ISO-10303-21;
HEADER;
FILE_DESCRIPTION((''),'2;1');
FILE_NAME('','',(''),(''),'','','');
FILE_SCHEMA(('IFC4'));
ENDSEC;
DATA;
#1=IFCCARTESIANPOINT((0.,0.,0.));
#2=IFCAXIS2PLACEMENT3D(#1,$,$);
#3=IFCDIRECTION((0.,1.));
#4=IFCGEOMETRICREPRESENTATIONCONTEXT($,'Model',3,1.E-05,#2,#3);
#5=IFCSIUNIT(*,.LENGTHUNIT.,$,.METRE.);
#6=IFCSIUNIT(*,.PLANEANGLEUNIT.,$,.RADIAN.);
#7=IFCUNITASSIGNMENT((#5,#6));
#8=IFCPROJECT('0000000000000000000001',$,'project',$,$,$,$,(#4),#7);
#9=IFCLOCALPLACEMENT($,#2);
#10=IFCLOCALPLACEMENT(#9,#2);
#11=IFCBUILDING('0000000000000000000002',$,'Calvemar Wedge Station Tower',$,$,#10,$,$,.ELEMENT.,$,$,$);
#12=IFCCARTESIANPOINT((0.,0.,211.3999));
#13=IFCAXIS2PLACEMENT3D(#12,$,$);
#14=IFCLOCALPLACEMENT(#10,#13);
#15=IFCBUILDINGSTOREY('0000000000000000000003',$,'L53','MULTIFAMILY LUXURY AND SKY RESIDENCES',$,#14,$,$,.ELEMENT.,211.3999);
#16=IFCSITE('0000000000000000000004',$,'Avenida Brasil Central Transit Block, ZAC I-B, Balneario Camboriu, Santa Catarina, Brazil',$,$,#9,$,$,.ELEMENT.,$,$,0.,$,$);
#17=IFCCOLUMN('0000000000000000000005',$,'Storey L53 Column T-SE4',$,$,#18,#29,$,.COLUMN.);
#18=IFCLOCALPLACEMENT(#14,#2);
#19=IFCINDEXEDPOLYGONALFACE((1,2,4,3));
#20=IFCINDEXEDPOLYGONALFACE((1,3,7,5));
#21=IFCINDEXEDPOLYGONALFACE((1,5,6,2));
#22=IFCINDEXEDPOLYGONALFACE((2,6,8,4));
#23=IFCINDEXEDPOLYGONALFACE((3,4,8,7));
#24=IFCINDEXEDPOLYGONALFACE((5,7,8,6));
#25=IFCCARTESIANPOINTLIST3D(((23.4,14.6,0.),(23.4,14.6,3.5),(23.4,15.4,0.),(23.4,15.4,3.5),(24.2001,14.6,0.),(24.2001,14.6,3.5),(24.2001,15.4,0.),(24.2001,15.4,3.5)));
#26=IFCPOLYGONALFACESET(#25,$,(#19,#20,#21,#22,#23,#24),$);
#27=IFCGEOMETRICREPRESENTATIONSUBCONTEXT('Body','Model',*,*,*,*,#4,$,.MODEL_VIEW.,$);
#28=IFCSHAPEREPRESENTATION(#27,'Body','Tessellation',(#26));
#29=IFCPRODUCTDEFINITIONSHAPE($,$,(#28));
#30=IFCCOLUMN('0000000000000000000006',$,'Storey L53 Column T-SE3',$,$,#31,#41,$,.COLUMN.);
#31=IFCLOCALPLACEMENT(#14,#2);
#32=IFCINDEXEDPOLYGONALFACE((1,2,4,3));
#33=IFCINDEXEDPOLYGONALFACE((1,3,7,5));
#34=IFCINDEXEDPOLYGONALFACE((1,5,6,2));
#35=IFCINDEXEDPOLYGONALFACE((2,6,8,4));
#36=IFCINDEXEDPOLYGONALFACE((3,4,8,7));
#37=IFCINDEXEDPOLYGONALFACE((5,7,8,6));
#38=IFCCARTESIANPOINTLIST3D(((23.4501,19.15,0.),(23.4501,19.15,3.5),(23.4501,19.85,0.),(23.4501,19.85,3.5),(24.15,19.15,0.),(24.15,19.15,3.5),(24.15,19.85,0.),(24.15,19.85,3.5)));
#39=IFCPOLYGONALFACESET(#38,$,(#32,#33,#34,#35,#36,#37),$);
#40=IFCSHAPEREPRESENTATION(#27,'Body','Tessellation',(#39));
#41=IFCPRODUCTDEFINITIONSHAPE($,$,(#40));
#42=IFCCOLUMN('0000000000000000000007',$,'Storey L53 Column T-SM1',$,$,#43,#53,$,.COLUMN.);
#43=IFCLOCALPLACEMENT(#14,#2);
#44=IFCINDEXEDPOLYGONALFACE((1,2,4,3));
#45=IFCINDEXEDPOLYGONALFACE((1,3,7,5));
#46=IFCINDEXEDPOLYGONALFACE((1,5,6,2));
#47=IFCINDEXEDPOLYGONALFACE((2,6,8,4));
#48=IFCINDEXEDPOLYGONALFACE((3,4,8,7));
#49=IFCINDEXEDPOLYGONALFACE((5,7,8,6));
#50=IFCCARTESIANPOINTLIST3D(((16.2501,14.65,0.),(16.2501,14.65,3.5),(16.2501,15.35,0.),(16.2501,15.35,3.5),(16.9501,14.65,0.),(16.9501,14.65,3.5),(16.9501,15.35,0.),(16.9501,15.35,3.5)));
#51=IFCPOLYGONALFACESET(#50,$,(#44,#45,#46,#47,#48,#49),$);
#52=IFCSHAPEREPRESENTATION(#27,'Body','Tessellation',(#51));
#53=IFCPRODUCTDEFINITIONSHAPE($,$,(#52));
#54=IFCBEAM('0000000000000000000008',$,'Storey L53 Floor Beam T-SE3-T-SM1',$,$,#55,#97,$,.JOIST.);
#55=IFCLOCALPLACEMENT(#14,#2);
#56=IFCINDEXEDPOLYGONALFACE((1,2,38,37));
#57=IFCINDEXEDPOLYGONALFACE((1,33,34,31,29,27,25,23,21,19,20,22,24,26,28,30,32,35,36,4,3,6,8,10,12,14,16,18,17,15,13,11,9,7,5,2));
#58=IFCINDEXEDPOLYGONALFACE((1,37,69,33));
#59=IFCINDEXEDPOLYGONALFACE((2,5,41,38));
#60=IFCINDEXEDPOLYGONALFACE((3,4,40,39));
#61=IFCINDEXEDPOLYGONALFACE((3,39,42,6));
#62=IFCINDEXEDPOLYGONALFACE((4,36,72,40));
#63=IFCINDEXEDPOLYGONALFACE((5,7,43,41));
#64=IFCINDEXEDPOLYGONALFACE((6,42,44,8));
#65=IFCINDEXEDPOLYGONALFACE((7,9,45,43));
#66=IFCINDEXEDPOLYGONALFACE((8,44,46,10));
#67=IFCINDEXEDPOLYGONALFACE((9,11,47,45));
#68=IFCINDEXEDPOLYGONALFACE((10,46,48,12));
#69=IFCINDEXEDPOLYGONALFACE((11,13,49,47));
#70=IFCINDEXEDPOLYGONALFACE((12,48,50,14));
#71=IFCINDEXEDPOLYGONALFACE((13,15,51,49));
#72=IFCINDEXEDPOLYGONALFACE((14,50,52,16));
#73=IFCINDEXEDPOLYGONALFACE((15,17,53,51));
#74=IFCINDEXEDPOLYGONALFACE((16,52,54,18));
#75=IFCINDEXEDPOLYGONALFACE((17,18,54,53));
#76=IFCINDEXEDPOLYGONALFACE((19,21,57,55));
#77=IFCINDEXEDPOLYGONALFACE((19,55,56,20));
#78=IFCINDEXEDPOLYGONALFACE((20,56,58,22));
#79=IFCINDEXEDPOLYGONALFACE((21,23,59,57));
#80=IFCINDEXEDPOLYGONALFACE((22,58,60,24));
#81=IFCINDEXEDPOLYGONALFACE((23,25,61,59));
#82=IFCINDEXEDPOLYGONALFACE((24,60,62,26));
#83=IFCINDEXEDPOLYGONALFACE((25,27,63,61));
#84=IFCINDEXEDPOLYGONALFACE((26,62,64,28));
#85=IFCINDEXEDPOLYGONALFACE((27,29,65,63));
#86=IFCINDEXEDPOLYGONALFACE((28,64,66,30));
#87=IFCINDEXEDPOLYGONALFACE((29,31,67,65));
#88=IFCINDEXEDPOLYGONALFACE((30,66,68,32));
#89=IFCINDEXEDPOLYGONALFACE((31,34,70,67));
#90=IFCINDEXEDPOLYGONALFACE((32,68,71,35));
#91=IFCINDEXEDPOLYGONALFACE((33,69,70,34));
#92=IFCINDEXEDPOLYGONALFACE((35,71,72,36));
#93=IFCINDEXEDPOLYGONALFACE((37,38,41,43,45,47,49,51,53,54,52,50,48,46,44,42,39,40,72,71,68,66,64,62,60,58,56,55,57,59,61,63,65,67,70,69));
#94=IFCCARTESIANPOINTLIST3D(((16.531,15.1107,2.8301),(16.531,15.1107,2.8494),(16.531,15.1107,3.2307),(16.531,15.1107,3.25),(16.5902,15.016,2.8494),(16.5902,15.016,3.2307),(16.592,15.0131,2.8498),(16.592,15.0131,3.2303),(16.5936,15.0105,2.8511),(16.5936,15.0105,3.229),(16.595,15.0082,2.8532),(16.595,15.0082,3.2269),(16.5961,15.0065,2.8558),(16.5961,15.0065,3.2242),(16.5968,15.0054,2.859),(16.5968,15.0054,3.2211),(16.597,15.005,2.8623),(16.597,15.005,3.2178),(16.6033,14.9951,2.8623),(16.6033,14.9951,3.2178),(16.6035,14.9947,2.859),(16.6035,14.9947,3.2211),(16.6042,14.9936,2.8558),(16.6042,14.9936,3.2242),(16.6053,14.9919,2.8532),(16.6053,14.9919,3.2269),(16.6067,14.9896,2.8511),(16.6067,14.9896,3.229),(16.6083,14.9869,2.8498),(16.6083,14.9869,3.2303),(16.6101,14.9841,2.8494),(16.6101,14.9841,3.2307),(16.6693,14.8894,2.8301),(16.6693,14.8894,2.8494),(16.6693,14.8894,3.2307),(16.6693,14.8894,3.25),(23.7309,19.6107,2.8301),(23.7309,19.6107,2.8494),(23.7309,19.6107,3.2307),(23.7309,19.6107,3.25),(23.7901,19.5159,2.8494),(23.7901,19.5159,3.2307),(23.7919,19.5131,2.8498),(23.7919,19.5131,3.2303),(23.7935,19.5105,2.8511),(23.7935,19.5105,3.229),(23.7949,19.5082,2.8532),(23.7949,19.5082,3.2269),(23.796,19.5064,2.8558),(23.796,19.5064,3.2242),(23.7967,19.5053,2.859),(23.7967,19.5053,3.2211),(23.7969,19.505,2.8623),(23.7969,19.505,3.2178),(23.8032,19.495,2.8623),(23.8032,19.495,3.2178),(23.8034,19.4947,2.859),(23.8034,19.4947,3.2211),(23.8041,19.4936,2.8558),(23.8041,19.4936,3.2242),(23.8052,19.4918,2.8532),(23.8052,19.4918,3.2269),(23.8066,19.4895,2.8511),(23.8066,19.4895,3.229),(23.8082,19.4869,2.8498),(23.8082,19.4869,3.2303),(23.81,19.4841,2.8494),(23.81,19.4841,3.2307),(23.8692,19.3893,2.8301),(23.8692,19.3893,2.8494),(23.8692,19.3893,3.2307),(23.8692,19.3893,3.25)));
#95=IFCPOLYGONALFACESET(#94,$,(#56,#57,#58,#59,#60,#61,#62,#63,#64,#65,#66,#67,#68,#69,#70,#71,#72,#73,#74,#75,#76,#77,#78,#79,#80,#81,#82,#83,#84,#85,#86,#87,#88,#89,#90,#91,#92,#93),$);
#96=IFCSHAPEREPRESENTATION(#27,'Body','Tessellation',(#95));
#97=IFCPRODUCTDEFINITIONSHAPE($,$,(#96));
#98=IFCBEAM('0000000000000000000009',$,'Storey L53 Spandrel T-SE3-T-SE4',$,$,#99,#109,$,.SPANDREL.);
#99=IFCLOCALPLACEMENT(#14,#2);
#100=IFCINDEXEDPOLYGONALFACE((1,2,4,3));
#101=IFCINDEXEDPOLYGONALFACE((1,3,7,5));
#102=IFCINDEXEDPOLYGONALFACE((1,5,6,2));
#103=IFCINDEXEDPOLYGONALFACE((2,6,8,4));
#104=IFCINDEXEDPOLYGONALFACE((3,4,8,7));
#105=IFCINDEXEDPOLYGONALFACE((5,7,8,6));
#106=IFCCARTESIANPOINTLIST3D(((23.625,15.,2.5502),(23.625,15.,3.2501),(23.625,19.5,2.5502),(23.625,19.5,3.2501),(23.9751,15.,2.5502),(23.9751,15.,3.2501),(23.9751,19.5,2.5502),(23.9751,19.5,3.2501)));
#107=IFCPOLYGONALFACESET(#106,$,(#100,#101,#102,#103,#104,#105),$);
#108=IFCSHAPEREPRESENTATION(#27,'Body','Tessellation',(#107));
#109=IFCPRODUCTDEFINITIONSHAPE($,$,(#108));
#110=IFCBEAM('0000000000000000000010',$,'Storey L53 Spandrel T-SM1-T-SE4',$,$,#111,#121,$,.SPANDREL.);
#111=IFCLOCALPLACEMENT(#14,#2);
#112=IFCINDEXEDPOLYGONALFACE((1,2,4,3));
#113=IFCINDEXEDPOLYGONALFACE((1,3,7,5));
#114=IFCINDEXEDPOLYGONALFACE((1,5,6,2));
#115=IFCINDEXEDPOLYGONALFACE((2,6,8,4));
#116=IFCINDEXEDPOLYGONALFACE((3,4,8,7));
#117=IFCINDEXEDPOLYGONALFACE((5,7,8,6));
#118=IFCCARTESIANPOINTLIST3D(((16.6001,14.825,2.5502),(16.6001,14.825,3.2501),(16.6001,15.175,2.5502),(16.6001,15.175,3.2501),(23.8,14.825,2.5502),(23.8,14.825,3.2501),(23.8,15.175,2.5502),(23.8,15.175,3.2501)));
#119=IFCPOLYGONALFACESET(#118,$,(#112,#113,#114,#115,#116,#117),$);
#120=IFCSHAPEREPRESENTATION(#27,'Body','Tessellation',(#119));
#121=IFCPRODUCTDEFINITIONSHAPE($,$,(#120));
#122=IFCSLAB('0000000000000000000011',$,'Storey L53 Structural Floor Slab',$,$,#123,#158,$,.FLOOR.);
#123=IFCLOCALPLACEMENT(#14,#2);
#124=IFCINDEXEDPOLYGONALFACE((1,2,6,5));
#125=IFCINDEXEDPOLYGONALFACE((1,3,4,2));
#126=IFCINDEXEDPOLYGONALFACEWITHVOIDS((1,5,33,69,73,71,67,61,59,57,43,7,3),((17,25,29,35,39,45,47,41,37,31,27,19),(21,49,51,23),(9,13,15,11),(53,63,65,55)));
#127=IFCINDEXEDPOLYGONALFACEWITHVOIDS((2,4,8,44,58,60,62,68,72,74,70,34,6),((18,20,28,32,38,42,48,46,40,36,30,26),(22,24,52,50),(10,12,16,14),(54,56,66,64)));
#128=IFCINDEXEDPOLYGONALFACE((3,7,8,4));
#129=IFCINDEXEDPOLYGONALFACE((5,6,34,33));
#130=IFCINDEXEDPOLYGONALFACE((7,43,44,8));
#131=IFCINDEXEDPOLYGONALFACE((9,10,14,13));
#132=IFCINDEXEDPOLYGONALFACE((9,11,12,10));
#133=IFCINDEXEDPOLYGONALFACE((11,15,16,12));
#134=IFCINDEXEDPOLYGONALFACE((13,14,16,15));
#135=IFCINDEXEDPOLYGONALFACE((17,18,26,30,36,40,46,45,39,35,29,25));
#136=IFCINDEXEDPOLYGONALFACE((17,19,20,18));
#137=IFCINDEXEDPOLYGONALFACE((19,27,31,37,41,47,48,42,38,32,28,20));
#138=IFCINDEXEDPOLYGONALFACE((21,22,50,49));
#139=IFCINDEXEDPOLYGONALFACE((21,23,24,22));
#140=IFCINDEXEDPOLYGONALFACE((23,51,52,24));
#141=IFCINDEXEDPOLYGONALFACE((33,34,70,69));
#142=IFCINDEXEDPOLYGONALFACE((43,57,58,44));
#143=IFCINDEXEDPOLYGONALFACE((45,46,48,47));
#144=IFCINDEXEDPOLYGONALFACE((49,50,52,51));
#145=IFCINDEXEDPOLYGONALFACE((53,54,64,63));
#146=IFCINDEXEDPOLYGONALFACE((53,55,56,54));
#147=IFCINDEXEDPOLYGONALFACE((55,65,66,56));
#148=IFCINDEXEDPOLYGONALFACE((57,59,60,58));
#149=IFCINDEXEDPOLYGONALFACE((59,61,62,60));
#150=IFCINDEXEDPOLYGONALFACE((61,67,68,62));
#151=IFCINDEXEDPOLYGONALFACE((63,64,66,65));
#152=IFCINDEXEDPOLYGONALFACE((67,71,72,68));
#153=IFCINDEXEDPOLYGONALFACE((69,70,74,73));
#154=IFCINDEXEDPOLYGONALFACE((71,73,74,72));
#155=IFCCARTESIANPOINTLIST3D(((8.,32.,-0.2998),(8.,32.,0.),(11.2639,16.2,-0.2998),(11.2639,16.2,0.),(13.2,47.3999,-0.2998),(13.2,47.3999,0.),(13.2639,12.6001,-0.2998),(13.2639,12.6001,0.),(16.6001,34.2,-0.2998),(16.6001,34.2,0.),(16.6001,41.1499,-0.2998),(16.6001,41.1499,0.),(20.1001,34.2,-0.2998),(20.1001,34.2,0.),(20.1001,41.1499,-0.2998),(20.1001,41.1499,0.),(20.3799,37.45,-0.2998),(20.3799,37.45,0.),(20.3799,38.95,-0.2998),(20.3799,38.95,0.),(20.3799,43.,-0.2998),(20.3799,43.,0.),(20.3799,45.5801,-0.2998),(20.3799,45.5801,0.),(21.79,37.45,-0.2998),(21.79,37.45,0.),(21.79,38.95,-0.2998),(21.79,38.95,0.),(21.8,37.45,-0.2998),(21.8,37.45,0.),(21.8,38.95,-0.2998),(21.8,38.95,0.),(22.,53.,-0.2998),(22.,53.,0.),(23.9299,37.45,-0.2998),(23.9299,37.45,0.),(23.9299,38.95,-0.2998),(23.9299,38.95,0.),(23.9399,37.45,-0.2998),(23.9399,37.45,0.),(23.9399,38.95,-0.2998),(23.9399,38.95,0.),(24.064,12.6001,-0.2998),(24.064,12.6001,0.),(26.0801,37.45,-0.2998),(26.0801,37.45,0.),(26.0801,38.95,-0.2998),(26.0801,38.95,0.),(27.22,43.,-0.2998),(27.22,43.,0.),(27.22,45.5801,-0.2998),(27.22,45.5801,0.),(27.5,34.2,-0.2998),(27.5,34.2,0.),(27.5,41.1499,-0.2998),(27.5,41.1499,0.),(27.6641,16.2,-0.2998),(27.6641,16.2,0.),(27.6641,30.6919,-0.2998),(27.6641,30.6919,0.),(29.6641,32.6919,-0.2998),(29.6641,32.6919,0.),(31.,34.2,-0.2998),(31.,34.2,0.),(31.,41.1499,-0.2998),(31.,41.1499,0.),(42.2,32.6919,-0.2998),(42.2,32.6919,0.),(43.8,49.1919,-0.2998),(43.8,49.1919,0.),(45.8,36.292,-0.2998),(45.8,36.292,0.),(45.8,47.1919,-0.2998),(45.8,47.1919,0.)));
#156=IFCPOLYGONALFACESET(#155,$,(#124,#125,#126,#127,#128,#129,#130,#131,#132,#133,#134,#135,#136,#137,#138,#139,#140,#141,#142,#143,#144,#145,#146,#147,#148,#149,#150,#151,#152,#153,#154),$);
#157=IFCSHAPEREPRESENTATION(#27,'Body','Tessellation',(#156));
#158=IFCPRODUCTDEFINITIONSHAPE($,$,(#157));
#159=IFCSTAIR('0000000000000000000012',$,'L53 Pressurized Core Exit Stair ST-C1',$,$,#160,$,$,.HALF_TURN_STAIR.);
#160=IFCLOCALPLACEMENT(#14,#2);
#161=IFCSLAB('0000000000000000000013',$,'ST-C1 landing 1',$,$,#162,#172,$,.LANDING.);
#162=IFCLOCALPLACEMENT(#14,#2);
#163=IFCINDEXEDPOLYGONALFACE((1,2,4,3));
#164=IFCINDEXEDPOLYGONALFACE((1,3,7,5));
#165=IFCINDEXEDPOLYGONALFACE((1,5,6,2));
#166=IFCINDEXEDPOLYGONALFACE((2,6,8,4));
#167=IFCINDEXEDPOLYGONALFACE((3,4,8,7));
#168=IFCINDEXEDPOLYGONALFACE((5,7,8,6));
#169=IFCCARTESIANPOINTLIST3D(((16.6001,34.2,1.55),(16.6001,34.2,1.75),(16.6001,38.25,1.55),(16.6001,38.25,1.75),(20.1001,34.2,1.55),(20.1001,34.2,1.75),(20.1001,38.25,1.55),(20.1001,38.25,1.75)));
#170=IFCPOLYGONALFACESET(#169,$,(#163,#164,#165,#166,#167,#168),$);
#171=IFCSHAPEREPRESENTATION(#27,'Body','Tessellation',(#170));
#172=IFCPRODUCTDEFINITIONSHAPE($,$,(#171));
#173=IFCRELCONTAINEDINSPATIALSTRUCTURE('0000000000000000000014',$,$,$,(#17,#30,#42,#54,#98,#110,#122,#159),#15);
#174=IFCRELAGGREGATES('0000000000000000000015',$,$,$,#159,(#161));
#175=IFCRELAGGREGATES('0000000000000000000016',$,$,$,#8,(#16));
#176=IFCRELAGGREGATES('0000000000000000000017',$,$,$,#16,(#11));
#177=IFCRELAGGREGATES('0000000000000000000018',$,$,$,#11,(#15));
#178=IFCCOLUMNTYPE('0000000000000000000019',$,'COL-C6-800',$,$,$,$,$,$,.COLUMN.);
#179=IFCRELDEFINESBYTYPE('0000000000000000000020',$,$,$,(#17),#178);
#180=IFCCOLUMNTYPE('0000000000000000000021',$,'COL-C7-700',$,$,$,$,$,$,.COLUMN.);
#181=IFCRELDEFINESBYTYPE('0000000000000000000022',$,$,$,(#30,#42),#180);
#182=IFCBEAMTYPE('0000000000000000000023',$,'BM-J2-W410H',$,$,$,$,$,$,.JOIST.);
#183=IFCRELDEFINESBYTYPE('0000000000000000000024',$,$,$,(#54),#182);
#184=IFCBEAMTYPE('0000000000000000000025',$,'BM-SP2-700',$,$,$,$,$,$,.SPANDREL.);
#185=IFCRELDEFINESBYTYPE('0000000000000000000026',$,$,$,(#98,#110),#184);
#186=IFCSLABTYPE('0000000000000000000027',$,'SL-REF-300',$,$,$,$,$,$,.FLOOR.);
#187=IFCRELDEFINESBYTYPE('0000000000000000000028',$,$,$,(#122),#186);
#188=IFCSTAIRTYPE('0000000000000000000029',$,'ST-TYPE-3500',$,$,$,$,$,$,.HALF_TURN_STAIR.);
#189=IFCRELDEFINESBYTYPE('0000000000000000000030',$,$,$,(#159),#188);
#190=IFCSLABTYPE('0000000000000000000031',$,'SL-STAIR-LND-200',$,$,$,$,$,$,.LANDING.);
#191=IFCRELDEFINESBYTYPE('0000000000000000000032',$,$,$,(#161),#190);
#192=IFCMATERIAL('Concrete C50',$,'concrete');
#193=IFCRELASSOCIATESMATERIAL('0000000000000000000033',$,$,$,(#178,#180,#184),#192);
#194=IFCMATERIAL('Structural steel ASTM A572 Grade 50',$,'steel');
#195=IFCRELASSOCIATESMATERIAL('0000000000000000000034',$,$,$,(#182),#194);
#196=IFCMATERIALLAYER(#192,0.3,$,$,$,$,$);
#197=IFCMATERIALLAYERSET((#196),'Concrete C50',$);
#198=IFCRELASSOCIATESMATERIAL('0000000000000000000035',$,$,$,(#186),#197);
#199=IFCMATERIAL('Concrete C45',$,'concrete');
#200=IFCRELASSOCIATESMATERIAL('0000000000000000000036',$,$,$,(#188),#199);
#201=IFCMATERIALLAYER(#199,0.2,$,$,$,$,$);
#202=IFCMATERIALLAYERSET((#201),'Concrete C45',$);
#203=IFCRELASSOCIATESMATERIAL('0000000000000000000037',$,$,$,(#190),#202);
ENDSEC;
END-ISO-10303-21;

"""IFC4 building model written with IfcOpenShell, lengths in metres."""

from ifc_helpers import new_model, si_unit, direction, frame, origin, origin_2d, place, context, subcontext, project, spatial, polyline, rectangle, i_section, outline, extrude, source, transform, mapped, material, layer, layer_set, material_profile, profile_set, type_object, element, aggregate, save


model = new_model("IFC4")

# Units and contexts
model_context = context("Model", 3, precision=1e-05, world=origin(), true_north=direction((0.0, 1.0)))
body_context = subcontext(model_context, "Body", "Model", "MODEL_VIEW")
ifc_project = project(units=[si_unit("LENGTHUNIT", "METRE"), si_unit("PLANEANGLEUNIT", "RADIAN")], contexts=[model_context])

# Site, building, storey
site_placement = place(None, origin())
site = spatial("IfcSite", under=ifc_project, at=site_placement, Name="Avenida Brasil Central Transit Block, ZAC I-B, Balneario Camboriu, Santa Catarina, Brazil", CompositionType="ELEMENT", RefElevation=0.0)
building_placement = place(site_placement, origin())
building = spatial("IfcBuilding", under=site, at=building_placement, Name="Calvemar Wedge Station Tower", CompositionType="ELEMENT")
storey_placement = place(building_placement, frame((0.0, 0.0, 211.3999)))
storey = spatial("IfcBuildingStorey", under=building, at=storey_placement, Name="L53", Description="MULTIFAMILY LUXURY AND SKY RESIDENCES", CompositionType="ELEMENT", Elevation=211.3999)

# Columns
ifc_material_1 = material(Name="Concrete C50", Category="concrete")
ifc_material_profile_1 = material_profile(ifc_material_1, rectangle(XDim=0.8, YDim=0.8, at=origin_2d()), Name="RC800x800")
ifc_profile_set_1 = profile_set([ifc_material_profile_1], Name="Concrete C50")
column_type_1 = type_object("IfcColumnType", Name="COL-C6-800", PredefinedType="COLUMN", material=ifc_profile_set_1)
shared_shape_1 = source(origin(), body_context, "Body", "SweptSolid", [
    extrude(rectangle(XDim=0.8, YDim=0.8, at=origin_2d()), origin(), (0.0, 0.0, 1.0), 3.5),
])
column_placement = place(storey_placement, frame((23.8, 15.0, 0.0), z_axis=(0.0, 0.0, 1.0), x_axis=(1.0, 0.0, 0.0)))
element("IfcColumn", 1, at=column_placement, inside=storey, type_object=column_type_1, Name="Storey L53 Column T-SE4", PredefinedType="COLUMN", context=body_context, shape_type="MappedRepresentation", body=[
    mapped(shared_shape_1, transform((0.0, 0.0, 0.0), scale=1.0)),
])
ifc_material_profile_2 = material_profile(ifc_material_1, rectangle(XDim=0.7, YDim=0.7, at=origin_2d()), Name="RC700x700")
ifc_profile_set_2 = profile_set([ifc_material_profile_2], Name="Concrete C50")
column_type_2 = type_object("IfcColumnType", Name="COL-C7-700", PredefinedType="COLUMN", material=ifc_profile_set_2)
shared_shape_2 = source(origin(), body_context, "Body", "SweptSolid", [
    extrude(rectangle(XDim=0.7, YDim=0.7, at=origin_2d()), origin(), (0.0, 0.0, 1.0), 3.5),
])
for number, where, z_axis, x_axis, name in (
    (2, (23.8, 19.5, 0.0), (0.0, 0.0, 1.0), (1.0, 0.0, 0.0), "Storey L53 Column T-SE3"),
    (3, (16.6001, 15.0, 0.0), (0.0, 0.0, 1.0), (1.0, 0.0, 0.0), "Storey L53 Column T-SM1"),
):
    element("IfcColumn", number, at=place(storey_placement, frame(where, z_axis=z_axis, x_axis=x_axis)), inside=storey, type_object=column_type_2, Name=name, PredefinedType="COLUMN", context=body_context, shape_type="MappedRepresentation", body=[
        mapped(shared_shape_2, transform((0.0, 0.0, 0.0), scale=1.0)),
    ])

# Beams
ifc_material_2 = material(Name="Structural steel ASTM A572 Grade 50", Category="steel")
ifc_material_profile_3 = material_profile(ifc_material_2, i_section(OverallWidth=0.261, OverallDepth=0.4199, WebThickness=0.0117, FlangeThickness=0.0193, FilletRadius=0.0129, at=origin_2d()), Name="W410x114")
ifc_profile_set_3 = profile_set([ifc_material_profile_3], Name="Structural steel ASTM A572 Grade 50")
beam_type_1 = type_object("IfcBeamType", Name="BM-J2-W410H", PredefinedType="JOIST", material=ifc_profile_set_3)
shared_shape_3 = source(origin(), body_context, "Body", "SweptSolid", [
    extrude(i_section(OverallWidth=0.261, OverallDepth=0.4199, WebThickness=0.0117, FlangeThickness=0.0193, FilletRadius=0.0129, at=origin_2d()), origin(), (0.0, 0.0, 1.0), 8.4905),
])
beam_1_placement = place(storey_placement, frame((23.8, 19.5, 3.04), z_axis=(-0.847997, -0.530002, 0.0), x_axis=(0.530002, -0.847997, 0.0)))
element("IfcBeam", 4, at=beam_1_placement, inside=storey, type_object=beam_type_1, Name="Storey L53 Floor Beam T-SE3-T-SM1", PredefinedType="JOIST", context=body_context, shape_type="MappedRepresentation", body=[
    mapped(shared_shape_3, transform((0.0, 0.0, 0.0), scale=1.0)),
])
ifc_material_profile_4 = material_profile(ifc_material_1, rectangle(XDim=0.3501, YDim=0.7, at=origin_2d()), Name="RC350x700")
ifc_profile_set_4 = profile_set([ifc_material_profile_4], Name="Concrete C50")
beam_type_2 = type_object("IfcBeamType", Name="BM-SP2-700", PredefinedType="SPANDREL", material=ifc_profile_set_4)
shared_shape_4 = source(origin(), body_context, "Body", "SweptSolid", [
    extrude(rectangle(XDim=0.3501, YDim=0.7, at=origin_2d()), origin(), (0.0, 0.0, 1.0), 4.5),
])
beam_2_placement = place(storey_placement, frame((23.8, 19.5, 2.9001), z_axis=(0.0, -1.0, 0.0), x_axis=(1.0, 0.0, 0.0)))
element("IfcBeam", 5, at=beam_2_placement, inside=storey, type_object=beam_type_2, Name="Storey L53 Spandrel T-SE3-T-SE4", PredefinedType="SPANDREL", context=body_context, shape_type="MappedRepresentation", body=[
    mapped(shared_shape_4, transform((0.0, 0.0, 0.0), scale=1.0)),
])
shared_shape_5 = source(origin(), body_context, "Body", "SweptSolid", [
    extrude(rectangle(XDim=0.3501, YDim=0.7, at=origin_2d()), origin(), (0.0, 0.0, 1.0), 7.2),
])
beam_3_placement = place(storey_placement, frame((16.6001, 15.0, 2.9001), z_axis=(1.0, 0.0, 0.0), x_axis=(0.0, 1.0, 0.0)))
element("IfcBeam", 6, at=beam_3_placement, inside=storey, type_object=beam_type_2, Name="Storey L53 Spandrel T-SM1-T-SE4", PredefinedType="SPANDREL", context=body_context, shape_type="MappedRepresentation", body=[
    mapped(shared_shape_5, transform((0.0, 0.0, 0.0), scale=1.0)),
])

# Slab
ifc_layer_1 = layer(ifc_material_1, 0.3)
ifc_layer_set_1 = layer_set([ifc_layer_1], Name="Concrete C50")
slab_type_1 = type_object("IfcSlabType", Name="SL-REF-300", PredefinedType="FLOOR", material=ifc_layer_set_1)
slab_1_placement = place(storey_placement, frame((0.0, 0.0, -0.2998)))
element("IfcSlab", 7, at=slab_1_placement, inside=storey, type_object=slab_type_1, Name="Storey L53 Structural Floor Slab", PredefinedType="FLOOR", context=body_context, shape_type="SweptSolid", body=[
    extrude(outline(polyline([(8.0, 32.0), (11.2639, 16.2), (13.2639, 12.6001), (24.064, 12.6001), (27.6641, 16.2), (27.6641, 30.6919), (29.6641, 32.6919), (42.2, 32.6919), (45.8, 36.292), (45.8, 47.1919), (43.8, 49.1919), (22.0, 53.0), (13.2, 47.3999), (8.0, 32.0)]), holes=[polyline([(20.1001, 34.2), (20.1001, 41.1499), (16.6001, 41.1499), (16.6001, 34.2), (20.1001, 34.2)]), polyline([(27.5, 34.2), (31.0, 34.2), (31.0, 41.1499), (27.5, 41.1499), (27.5, 34.2)]), polyline([(21.8, 37.45), (23.9299, 37.45), (23.9399, 37.45), (26.0801, 37.45), (26.0801, 38.95), (23.9399, 38.95), (23.9299, 38.95), (21.8, 38.95), (21.79, 38.95), (20.3799, 38.95), (20.3799, 37.45), (21.79, 37.45), (21.8, 37.45)]), polyline([(27.22, 43.0), (27.22, 45.5801), (20.3799, 45.5801), (20.3799, 43.0), (27.22, 43.0)])]), origin(), (0.0, 0.0, 1.0), 0.2998),
])

# Stair, slab
ifc_material_3 = material(Name="Concrete C45", Category="concrete")
stair_type = type_object("IfcStairType", Name="ST-TYPE-3500", PredefinedType="HALF_TURN_STAIR", material=ifc_material_3)
stair_1_placement = place(storey_placement, origin())
stair_1 = element("IfcStair", 8, at=stair_1_placement, inside=storey, type_object=stair_type, Name="L53 Pressurized Core Exit Stair ST-C1", PredefinedType="HALF_TURN_STAIR")
ifc_layer_2 = layer(ifc_material_3, 0.2)
ifc_layer_set_2 = layer_set([ifc_layer_2], Name="Concrete C45")
slab_type_2 = type_object("IfcSlabType", Name="SL-STAIR-LND-200", PredefinedType="LANDING", material=ifc_layer_set_2)
slab_2_placement = place(storey_placement, frame((0.0, 0.0, 1.55)))
slab_2 = element("IfcSlab", 9, at=slab_2_placement, type_object=slab_type_2, Name="ST-C1 landing 1", PredefinedType="LANDING", context=body_context, shape_type="SweptSolid", body=[
    extrude(outline(polyline([(16.6001, 38.25), (16.6001, 34.2), (20.1001, 34.2), (20.1001, 38.25), (16.6001, 38.25)])), origin(), (0.0, 0.0, 1.0), 0.2),
])
aggregate(stair_1, [slab_2])

save(model, "model.ifc")
